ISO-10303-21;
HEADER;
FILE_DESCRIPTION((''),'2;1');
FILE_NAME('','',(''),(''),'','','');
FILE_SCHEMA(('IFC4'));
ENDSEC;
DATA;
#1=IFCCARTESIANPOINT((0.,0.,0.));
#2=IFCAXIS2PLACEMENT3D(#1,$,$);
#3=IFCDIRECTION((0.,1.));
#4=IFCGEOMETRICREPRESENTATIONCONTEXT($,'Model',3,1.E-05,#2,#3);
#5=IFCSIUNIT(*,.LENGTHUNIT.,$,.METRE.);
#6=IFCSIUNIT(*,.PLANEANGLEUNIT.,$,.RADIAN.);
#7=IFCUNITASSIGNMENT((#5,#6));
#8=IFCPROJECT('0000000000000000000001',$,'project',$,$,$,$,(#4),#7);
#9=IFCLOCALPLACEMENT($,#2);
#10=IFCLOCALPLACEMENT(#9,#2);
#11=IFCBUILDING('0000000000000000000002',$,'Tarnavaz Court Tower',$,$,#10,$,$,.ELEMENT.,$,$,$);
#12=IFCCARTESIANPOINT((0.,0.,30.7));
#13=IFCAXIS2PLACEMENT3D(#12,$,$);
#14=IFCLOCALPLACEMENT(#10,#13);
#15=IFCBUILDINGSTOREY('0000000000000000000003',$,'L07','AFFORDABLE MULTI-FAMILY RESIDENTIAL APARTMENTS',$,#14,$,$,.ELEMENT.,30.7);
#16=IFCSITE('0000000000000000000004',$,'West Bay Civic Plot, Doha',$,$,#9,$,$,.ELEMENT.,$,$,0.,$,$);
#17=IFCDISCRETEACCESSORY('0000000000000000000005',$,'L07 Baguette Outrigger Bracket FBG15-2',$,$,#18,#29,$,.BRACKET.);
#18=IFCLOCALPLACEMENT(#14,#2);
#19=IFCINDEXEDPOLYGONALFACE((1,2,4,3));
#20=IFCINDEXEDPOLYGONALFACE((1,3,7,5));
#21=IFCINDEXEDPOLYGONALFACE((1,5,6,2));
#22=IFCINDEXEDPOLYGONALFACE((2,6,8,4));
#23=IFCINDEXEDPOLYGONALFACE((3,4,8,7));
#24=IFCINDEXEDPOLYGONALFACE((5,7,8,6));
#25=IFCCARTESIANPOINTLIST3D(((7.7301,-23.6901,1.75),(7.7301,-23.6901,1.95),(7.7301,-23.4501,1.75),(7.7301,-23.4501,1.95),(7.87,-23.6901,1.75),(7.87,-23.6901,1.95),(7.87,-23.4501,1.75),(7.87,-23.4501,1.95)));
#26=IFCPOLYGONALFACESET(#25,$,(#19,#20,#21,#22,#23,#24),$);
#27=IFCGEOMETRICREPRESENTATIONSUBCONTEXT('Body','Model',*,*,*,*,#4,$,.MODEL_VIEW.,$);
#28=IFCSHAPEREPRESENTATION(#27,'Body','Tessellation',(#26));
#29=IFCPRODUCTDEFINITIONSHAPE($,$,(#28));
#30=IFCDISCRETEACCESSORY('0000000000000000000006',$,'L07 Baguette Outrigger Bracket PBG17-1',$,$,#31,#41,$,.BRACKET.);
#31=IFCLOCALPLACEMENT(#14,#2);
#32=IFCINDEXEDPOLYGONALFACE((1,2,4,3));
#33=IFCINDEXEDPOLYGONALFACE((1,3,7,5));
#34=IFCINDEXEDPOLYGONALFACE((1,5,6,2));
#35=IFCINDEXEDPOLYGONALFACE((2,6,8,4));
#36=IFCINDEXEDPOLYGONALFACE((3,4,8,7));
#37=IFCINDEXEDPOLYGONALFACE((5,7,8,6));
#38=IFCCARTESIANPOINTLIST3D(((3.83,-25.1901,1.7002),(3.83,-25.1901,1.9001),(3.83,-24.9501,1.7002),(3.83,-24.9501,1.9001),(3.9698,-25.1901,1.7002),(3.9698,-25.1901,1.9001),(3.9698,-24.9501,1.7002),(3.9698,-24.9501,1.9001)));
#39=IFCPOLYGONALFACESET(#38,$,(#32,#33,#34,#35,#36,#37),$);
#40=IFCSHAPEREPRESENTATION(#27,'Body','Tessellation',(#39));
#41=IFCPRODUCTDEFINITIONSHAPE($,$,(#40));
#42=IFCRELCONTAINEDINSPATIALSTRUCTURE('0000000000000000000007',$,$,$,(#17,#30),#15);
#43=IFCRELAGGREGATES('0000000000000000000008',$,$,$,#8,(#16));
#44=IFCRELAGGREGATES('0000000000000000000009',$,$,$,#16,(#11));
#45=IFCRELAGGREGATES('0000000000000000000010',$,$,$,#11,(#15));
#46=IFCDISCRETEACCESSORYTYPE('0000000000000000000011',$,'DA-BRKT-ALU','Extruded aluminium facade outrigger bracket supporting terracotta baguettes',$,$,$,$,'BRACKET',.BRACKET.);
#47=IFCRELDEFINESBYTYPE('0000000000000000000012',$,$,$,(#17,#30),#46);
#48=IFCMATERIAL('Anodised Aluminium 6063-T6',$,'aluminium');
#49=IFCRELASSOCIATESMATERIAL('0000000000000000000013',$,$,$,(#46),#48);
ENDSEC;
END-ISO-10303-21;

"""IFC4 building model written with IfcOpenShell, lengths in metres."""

from ifc_helpers import new_model, si_unit, direction, frame, origin, origin_2d, place, context, subcontext, project, spatial, rectangle, extrude, material, type_object, element, save


model = new_model("IFC4")

# Units and contexts
model_context = context("Model", 3, precision=1e-05, world=origin(), true_north=direction((0.0, 1.0)))
body_context = subcontext(model_context, "Body", "Model", "MODEL_VIEW")
ifc_project = project(units=[si_unit("LENGTHUNIT", "METRE"), si_unit("PLANEANGLEUNIT", "RADIAN")], contexts=[model_context])

# Site, building, storey
site_placement = place(None, origin())
site = spatial("IfcSite", under=ifc_project, at=site_placement, Name="West Bay Civic Plot, Doha", CompositionType="ELEMENT", RefElevation=0.0)
building_placement = place(site_placement, origin())
building = spatial("IfcBuilding", under=site, at=building_placement, Name="Tarnavaz Court Tower", CompositionType="ELEMENT")
storey_placement = place(building_placement, frame((0.0, 0.0, 30.7)))
storey = spatial("IfcBuildingStorey", under=building, at=storey_placement, Name="L07", Description="AFFORDABLE MULTI-FAMILY RESIDENTIAL APARTMENTS", CompositionType="ELEMENT", Elevation=30.7)

# Shared definitions
ifc_material_1 = material(Name="Anodised Aluminium 6063-T6", Category="aluminium")

# Discrete accessories
discrete_accessory_type = type_object("IfcDiscreteAccessoryType", Name="DA-BRKT-ALU", Description="Extruded aluminium facade outrigger bracket supporting terracotta baguettes", ElementType="BRACKET", PredefinedType="BRACKET", material=ifc_material_1)
for number, where, z_axis, x_axis, name in (
    (1, (7.8, -23.5701, 1.75), (0.0, 0.0, 1.0), (-1.0, 0.0, 0.0), "L07 Baguette Outrigger Bracket FBG15-2"),
    (2, (3.8999, -25.0701, 1.7002), (0.0, 0.0, 1.0), (-1.0, 0.0, 0.0), "L07 Baguette Outrigger Bracket PBG17-1"),
):
    element("IfcDiscreteAccessory", number, at=place(storey_placement, frame(where, z_axis=z_axis, x_axis=x_axis)), inside=storey, type_object=discrete_accessory_type, Name=name, PredefinedType="BRACKET", context=body_context, shape_type="SweptSolid", body=[
        extrude(rectangle(XDim=0.1399, YDim=0.24, at=origin_2d()), origin(), (0.0, 0.0, 1.0), 0.2),
    ])

save(model, "model.ifc")
